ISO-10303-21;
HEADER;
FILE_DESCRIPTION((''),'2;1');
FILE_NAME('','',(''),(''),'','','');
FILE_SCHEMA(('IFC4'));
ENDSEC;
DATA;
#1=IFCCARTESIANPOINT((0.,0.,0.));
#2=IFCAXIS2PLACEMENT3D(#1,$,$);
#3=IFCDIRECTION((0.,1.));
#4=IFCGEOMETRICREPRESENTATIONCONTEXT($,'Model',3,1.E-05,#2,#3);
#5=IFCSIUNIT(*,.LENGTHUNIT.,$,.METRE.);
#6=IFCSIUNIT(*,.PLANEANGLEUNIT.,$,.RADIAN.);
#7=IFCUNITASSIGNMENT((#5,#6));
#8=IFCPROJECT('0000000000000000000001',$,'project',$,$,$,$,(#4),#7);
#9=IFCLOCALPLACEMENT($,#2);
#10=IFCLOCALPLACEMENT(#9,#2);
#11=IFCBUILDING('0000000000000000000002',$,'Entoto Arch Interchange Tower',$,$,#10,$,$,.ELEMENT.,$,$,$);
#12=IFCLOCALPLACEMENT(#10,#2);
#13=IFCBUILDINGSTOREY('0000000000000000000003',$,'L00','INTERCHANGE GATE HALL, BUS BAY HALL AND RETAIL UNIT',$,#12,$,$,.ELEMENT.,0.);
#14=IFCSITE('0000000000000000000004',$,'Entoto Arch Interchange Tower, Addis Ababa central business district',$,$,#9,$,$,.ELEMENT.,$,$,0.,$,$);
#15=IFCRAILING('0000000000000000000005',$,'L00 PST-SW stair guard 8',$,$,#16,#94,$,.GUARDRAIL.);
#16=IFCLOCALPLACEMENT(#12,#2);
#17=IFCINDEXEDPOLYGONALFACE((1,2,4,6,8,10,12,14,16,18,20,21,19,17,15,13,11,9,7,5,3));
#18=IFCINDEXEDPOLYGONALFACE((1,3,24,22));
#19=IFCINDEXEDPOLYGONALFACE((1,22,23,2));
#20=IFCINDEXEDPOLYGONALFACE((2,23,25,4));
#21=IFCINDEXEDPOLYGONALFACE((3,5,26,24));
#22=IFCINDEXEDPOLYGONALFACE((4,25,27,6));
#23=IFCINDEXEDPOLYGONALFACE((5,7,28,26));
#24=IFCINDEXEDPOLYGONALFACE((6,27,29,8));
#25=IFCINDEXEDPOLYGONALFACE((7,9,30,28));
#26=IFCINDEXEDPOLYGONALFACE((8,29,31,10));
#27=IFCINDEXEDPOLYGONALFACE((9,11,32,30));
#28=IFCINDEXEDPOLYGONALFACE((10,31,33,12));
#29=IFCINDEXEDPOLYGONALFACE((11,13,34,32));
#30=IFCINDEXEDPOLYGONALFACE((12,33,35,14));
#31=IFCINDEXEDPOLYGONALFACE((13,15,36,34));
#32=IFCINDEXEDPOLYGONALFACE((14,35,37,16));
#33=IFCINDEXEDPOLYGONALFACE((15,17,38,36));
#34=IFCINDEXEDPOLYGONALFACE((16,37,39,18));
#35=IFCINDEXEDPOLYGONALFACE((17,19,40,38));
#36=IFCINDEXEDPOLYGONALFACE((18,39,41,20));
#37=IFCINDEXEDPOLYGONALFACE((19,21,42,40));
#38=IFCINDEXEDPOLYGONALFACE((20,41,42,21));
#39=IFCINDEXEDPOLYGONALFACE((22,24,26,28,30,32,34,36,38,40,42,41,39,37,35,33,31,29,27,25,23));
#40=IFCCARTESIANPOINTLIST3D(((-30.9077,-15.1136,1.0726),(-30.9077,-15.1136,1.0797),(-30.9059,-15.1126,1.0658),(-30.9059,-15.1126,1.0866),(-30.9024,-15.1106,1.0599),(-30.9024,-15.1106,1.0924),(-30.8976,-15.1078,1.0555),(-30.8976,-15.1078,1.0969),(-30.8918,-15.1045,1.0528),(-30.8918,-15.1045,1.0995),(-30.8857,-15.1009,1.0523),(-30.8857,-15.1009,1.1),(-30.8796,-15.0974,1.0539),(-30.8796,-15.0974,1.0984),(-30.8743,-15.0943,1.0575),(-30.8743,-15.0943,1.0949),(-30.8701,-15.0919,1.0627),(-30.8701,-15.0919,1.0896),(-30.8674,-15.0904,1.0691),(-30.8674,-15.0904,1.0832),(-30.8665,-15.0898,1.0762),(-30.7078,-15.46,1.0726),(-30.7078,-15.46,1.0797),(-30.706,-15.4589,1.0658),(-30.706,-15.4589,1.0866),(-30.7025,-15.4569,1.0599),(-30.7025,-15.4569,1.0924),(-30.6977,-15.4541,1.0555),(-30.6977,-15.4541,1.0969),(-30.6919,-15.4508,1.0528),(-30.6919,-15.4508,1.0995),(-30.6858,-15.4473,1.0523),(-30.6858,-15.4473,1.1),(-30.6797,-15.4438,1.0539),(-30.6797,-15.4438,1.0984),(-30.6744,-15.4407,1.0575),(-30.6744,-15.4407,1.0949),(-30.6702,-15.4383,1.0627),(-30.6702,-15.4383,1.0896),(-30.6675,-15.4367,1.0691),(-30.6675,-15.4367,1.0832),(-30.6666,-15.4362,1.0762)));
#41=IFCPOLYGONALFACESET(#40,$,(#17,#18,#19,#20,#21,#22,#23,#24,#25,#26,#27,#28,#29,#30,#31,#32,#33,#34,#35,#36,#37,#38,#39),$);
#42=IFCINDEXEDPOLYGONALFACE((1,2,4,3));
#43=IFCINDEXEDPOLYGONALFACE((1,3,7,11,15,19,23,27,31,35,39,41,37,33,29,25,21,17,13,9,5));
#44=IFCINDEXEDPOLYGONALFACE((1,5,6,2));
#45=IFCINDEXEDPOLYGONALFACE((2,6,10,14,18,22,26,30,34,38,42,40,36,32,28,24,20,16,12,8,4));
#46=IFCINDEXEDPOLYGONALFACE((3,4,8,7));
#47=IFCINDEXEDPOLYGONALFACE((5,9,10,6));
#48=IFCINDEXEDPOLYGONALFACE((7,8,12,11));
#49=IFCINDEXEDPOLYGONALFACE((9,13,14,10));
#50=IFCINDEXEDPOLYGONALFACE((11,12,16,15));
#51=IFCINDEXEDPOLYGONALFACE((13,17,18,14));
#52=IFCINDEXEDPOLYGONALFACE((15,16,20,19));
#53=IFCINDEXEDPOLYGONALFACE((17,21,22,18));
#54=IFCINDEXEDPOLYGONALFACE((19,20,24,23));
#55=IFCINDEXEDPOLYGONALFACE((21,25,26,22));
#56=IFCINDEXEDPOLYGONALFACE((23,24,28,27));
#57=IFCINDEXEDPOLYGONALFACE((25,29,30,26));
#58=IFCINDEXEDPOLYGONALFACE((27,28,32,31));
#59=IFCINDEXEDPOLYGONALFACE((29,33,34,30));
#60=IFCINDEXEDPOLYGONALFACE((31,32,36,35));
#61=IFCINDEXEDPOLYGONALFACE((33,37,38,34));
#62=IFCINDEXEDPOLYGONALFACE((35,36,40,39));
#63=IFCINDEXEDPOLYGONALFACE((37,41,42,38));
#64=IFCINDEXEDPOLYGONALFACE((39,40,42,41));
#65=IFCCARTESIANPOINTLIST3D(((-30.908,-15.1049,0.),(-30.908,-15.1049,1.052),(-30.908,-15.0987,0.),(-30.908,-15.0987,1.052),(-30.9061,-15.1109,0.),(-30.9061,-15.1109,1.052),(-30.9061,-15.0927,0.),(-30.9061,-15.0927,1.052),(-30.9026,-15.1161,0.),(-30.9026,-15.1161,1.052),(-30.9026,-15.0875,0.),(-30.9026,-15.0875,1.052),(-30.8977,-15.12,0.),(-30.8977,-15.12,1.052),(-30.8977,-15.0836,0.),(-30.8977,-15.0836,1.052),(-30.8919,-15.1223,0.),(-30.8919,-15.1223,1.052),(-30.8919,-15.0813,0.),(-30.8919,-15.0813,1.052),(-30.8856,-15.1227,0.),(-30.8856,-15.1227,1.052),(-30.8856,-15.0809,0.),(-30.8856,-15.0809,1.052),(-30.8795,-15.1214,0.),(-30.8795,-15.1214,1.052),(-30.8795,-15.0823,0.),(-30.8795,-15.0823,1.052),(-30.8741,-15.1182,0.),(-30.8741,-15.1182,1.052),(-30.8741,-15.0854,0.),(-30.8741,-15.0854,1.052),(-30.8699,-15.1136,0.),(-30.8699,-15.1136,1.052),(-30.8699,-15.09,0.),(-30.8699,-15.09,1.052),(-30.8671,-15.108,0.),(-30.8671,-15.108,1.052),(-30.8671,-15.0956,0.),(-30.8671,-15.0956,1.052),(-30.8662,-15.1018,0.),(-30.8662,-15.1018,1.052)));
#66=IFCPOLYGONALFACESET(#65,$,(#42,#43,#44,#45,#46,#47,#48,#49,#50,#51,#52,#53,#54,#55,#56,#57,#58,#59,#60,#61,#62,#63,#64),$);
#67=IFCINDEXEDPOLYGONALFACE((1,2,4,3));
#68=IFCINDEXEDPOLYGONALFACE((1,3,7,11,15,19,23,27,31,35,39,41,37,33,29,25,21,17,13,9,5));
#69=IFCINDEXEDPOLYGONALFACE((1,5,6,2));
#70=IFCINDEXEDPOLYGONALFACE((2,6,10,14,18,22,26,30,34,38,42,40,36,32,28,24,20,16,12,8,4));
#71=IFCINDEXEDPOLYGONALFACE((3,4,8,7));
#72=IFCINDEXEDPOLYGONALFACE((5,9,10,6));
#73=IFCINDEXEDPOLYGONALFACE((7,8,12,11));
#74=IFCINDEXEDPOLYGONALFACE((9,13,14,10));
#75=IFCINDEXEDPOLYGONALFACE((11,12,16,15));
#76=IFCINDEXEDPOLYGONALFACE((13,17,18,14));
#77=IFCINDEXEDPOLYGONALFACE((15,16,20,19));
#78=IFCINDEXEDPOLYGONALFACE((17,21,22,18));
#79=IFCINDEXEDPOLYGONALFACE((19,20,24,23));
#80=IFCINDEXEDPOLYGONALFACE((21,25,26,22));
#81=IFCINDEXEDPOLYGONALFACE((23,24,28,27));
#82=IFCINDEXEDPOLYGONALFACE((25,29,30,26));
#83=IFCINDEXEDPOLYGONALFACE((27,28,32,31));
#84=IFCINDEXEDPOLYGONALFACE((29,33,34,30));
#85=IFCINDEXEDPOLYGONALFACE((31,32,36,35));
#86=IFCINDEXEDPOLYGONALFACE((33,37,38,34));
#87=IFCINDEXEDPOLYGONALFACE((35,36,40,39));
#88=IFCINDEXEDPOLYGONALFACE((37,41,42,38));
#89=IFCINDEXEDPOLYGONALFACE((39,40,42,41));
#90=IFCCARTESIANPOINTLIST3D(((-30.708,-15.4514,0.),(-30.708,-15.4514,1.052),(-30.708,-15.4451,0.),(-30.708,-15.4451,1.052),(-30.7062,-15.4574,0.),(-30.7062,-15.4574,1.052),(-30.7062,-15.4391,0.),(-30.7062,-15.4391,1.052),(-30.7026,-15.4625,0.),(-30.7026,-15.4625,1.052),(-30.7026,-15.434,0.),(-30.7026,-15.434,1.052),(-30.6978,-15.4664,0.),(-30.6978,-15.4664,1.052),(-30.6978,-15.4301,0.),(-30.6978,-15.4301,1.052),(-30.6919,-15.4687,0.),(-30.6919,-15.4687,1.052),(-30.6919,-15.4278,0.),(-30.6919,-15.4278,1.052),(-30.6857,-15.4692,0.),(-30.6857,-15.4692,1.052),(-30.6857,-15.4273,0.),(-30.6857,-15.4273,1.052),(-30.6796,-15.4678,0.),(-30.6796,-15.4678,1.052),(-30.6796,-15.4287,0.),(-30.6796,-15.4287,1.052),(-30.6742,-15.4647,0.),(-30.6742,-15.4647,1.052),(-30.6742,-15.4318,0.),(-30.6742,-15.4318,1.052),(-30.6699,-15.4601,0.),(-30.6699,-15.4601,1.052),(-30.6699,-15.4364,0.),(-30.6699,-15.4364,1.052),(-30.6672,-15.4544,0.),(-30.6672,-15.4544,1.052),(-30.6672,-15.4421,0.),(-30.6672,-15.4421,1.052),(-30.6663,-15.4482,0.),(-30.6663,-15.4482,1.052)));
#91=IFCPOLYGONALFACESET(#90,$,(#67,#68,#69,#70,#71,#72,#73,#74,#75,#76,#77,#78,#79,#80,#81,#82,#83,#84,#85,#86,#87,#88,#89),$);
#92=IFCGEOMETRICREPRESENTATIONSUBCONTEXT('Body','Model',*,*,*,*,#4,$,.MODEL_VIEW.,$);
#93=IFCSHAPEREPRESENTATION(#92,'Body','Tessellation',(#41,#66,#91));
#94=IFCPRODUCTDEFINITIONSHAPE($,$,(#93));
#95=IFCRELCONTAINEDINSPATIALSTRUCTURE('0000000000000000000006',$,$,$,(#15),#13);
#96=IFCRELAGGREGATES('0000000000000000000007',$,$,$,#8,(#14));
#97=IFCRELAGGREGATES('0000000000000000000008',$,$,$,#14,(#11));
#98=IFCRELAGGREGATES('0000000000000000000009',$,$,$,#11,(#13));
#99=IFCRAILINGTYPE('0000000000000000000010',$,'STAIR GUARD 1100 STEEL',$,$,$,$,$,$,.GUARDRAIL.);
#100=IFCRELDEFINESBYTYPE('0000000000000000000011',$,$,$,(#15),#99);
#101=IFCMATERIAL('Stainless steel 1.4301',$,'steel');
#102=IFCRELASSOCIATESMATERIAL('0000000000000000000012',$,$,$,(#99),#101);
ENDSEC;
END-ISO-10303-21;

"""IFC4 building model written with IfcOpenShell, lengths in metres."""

from ifc_helpers import new_model, si_unit, direction, frame, origin, origin_2d, place, context, subcontext, project, spatial, circle, extrude, material, type_object, element, save


model = new_model("IFC4")

# Units and contexts
model_context = context("Model", 3, precision=1e-05, world=origin(), true_north=direction((0.0, 1.0)))
body_context = subcontext(model_context, "Body", "Model", "MODEL_VIEW")
ifc_project = project(units=[si_unit("LENGTHUNIT", "METRE"), si_unit("PLANEANGLEUNIT", "RADIAN")], contexts=[model_context])

# Site, building, storey
site_placement = place(None, origin())
site = spatial("IfcSite", under=ifc_project, at=site_placement, Name="Entoto Arch Interchange Tower, Addis Ababa central business district", CompositionType="ELEMENT", RefElevation=0.0)
building_placement = place(site_placement, origin())
building = spatial("IfcBuilding", under=site, at=building_placement, Name="Entoto Arch Interchange Tower", CompositionType="ELEMENT")
storey_placement = place(building_placement, origin())
storey = spatial("IfcBuildingStorey", under=building, at=storey_placement, Name="L00", Description="INTERCHANGE GATE HALL, BUS BAY HALL AND RETAIL UNIT", CompositionType="ELEMENT", Elevation=0.0)

# Railing
ifc_material_1 = material(Name="Stainless steel 1.4301", Category="steel")
railing_type_1 = type_object("IfcRailingType", Name="STAIR GUARD 1100 STEEL", PredefinedType="GUARDRAIL", material=ifc_material_1)
railing_1_placement = place(storey_placement, frame((-30.8872, -15.1018, 0.0)))
element("IfcRailing", 1, at=railing_1_placement, inside=storey, type_object=railing_type_1, Name="L00 PST-SW stair guard 8", PredefinedType="GUARDRAIL", context=body_context, shape_type="SweptSolid", body=[
    extrude(circle(Radius=0.0239, at=origin_2d()), frame((0.0, 0.0, 1.0762), z_axis=(0.499881, -0.866094, 0.0), x_axis=(0.866094, 0.499881, 0.0)), (0.0, 0.0, 1.0), 0.3999),
    extrude(circle(Radius=0.021, at=origin_2d()), origin(), (0.0, 0.0, 1.0), 1.052),
    extrude(circle(Radius=0.021, at=origin_2d()), frame((0.2, -0.3464, 0.0)), (0.0, 0.0, 1.0), 1.052),
])

save(model, "model.ifc")
